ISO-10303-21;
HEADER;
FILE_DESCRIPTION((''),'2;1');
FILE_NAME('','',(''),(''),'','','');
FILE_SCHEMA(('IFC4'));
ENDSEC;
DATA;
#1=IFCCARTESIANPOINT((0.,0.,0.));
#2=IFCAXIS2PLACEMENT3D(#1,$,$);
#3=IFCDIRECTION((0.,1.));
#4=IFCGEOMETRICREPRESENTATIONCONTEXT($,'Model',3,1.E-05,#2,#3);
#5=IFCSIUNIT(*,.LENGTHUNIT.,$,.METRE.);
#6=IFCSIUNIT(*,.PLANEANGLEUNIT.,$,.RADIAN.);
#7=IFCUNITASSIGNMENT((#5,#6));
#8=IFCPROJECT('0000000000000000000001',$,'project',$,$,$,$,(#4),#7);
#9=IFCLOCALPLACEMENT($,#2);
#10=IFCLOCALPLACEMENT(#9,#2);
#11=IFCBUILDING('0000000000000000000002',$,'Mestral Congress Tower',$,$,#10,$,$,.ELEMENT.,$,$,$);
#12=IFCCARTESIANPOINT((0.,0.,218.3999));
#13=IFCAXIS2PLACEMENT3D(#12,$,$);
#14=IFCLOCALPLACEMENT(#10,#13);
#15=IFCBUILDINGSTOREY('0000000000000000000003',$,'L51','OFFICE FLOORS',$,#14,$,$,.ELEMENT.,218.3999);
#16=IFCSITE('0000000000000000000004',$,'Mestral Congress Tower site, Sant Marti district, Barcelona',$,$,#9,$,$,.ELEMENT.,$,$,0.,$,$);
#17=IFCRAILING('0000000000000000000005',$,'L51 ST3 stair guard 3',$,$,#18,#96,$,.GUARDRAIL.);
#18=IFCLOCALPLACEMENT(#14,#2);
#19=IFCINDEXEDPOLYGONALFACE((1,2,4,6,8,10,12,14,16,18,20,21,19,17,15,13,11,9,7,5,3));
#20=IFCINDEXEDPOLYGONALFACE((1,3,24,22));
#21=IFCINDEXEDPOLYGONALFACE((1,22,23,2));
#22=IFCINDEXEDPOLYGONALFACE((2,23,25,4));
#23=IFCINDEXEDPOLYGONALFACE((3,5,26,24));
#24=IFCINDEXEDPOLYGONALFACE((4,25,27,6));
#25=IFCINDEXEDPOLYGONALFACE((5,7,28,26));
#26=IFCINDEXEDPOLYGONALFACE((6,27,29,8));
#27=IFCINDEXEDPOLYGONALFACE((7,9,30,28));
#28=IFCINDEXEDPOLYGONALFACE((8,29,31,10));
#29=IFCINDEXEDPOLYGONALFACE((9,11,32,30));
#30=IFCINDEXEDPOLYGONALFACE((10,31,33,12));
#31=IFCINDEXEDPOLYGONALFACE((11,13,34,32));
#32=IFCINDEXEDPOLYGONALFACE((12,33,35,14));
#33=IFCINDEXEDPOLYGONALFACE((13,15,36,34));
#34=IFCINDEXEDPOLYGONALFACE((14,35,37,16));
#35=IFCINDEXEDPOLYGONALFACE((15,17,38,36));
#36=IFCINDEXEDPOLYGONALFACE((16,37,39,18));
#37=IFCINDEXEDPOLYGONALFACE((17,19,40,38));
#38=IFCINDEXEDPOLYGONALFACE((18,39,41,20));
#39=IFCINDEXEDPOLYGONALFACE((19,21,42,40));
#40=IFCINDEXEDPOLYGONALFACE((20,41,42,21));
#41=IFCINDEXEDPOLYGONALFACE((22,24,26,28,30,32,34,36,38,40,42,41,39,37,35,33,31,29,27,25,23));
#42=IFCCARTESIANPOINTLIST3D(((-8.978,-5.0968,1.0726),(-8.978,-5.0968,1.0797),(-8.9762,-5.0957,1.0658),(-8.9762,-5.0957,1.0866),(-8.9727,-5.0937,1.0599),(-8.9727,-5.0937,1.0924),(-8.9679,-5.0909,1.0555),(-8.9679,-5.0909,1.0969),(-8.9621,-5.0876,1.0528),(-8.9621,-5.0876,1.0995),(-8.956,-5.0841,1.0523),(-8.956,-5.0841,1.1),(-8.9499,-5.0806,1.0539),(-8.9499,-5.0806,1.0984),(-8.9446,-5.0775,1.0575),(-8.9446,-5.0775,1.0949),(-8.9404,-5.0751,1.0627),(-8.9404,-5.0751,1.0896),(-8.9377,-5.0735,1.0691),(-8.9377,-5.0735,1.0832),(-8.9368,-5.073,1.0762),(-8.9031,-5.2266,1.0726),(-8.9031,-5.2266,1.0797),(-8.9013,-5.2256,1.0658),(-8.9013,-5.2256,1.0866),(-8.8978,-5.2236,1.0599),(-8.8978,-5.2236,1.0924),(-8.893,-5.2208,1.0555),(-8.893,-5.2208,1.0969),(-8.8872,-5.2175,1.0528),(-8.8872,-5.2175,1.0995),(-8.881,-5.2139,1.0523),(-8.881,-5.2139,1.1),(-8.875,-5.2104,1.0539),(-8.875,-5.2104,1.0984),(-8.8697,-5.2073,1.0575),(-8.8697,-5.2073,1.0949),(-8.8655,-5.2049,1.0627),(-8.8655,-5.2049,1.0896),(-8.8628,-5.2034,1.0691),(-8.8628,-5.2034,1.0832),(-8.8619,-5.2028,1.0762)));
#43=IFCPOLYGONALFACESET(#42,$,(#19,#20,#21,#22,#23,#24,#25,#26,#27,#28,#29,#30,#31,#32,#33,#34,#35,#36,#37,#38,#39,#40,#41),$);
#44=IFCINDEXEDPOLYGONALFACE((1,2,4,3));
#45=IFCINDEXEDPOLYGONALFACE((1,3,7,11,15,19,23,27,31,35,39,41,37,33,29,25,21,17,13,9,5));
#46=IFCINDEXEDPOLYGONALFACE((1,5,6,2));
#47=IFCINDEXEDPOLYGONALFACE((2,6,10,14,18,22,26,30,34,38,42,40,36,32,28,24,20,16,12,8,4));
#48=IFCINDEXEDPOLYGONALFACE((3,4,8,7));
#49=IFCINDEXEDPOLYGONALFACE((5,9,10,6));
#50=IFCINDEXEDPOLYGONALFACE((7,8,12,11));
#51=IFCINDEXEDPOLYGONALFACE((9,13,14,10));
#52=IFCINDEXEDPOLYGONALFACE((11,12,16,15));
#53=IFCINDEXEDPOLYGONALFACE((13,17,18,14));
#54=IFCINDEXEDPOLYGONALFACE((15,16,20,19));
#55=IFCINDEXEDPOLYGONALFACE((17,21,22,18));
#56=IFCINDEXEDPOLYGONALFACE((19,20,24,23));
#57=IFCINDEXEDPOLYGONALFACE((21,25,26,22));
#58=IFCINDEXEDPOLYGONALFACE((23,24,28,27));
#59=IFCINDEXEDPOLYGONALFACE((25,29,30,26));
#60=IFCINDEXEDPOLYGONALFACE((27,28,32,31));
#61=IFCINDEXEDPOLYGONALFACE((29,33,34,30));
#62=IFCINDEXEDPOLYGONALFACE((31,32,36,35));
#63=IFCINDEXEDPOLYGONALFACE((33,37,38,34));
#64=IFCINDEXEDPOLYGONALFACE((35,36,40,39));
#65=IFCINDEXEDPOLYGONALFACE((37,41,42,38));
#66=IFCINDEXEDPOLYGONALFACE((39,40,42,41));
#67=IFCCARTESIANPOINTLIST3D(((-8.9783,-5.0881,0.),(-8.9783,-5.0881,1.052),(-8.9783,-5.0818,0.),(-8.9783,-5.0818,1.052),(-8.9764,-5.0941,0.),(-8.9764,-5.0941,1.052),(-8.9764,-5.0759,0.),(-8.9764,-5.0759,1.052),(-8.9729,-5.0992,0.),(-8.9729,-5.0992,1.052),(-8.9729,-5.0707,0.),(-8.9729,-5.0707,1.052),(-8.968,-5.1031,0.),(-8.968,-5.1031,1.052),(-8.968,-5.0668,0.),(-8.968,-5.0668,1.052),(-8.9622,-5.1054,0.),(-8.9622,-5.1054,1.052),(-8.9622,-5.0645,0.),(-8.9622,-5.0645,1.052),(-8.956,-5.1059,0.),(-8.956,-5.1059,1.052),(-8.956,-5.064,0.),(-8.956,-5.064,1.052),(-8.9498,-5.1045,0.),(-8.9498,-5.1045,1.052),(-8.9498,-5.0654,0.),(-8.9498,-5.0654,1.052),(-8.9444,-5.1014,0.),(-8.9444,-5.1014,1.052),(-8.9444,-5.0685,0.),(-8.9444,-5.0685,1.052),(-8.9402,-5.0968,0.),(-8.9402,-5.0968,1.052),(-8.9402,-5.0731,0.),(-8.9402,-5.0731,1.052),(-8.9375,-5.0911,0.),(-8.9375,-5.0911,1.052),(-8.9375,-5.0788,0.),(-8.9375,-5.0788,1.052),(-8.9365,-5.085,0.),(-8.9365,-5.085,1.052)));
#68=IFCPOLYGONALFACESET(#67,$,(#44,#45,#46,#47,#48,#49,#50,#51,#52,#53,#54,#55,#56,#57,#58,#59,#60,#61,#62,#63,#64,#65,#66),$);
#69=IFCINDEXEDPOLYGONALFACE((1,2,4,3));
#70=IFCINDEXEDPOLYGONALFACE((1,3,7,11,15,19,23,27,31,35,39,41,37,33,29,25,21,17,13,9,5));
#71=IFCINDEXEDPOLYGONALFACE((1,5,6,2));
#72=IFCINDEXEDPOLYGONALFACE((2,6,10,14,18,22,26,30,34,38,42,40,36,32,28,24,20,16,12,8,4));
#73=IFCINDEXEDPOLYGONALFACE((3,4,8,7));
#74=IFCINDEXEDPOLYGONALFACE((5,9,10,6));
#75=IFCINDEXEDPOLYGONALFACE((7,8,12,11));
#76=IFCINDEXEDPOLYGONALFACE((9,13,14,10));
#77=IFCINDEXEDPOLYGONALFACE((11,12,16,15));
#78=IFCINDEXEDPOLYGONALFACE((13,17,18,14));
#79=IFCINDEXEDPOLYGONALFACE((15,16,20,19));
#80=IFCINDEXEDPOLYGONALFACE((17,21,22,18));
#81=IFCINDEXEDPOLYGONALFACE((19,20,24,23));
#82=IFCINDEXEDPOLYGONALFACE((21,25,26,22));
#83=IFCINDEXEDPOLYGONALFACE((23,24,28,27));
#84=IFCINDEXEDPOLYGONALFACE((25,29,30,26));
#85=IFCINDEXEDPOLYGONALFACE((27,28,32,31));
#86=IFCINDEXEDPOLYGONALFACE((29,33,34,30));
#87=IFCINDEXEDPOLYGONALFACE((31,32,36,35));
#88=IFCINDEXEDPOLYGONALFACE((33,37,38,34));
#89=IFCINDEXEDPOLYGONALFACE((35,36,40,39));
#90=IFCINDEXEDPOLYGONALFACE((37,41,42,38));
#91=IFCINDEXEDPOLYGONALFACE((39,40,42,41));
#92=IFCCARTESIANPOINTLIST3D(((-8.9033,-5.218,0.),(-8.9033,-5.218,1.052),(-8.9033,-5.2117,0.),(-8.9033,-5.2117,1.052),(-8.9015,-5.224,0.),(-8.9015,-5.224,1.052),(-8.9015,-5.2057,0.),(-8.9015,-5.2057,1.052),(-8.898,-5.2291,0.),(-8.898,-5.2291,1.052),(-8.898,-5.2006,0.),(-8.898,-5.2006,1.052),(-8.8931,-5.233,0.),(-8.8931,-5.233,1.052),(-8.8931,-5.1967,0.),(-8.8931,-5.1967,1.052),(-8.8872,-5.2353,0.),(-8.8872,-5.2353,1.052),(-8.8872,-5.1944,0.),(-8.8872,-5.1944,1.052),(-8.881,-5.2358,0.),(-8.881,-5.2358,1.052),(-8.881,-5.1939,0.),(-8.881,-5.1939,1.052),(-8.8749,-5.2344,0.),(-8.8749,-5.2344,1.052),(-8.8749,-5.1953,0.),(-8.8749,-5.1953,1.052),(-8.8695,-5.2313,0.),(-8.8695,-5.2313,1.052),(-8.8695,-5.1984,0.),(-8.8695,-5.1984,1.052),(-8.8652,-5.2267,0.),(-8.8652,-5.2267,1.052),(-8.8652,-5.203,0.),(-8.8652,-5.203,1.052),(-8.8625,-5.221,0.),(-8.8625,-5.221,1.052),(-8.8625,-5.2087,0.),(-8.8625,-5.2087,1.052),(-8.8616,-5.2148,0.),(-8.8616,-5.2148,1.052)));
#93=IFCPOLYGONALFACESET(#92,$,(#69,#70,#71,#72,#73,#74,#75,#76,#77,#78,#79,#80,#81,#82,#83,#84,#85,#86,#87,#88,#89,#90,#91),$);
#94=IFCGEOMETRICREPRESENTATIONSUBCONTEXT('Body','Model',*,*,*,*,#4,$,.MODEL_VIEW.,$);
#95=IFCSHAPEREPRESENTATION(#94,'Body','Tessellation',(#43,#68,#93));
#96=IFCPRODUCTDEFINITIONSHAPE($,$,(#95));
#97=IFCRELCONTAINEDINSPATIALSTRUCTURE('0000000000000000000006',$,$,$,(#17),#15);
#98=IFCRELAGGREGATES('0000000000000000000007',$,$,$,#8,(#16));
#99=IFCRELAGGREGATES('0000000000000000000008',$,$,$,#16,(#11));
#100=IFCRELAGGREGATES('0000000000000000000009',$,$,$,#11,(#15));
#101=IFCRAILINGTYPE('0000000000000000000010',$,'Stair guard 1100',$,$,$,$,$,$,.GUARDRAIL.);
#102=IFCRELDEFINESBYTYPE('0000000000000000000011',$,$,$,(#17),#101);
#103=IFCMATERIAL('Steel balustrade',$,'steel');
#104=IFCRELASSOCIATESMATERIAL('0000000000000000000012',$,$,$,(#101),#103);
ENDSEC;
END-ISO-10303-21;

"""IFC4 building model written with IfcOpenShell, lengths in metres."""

from ifc_helpers import new_model, si_unit, direction, frame, origin, origin_2d, place, context, subcontext, project, spatial, circle, extrude, material, type_object, element, save


model = new_model("IFC4")

# Units and contexts
model_context = context("Model", 3, precision=1e-05, world=origin(), true_north=direction((0.0, 1.0)))
body_context = subcontext(model_context, "Body", "Model", "MODEL_VIEW")
ifc_project = project(units=[si_unit("LENGTHUNIT", "METRE"), si_unit("PLANEANGLEUNIT", "RADIAN")], contexts=[model_context])

# Site, building, storey
site_placement = place(None, origin())
site = spatial("IfcSite", under=ifc_project, at=site_placement, Name="Mestral Congress Tower site, Sant Marti district, Barcelona", CompositionType="ELEMENT", RefElevation=0.0)
building_placement = place(site_placement, origin())
building = spatial("IfcBuilding", under=site, at=building_placement, Name="Mestral Congress Tower", CompositionType="ELEMENT")
storey_placement = place(building_placement, frame((0.0, 0.0, 218.3999)))
storey = spatial("IfcBuildingStorey", under=building, at=storey_placement, Name="L51", Description="OFFICE FLOORS", CompositionType="ELEMENT", Elevation=218.3999)

# Railing
ifc_material_1 = material(Name="Steel balustrade", Category="steel")
railing_type_1 = type_object("IfcRailingType", Name="Stair guard 1100", PredefinedType="GUARDRAIL", material=ifc_material_1)
railing_1_placement = place(storey_placement, frame((-8.9575, -5.085, 0.0)))
element("IfcRailing", 1, at=railing_1_placement, inside=storey, type_object=railing_type_1, Name="L51 ST3 stair guard 3", PredefinedType="GUARDRAIL", context=body_context, shape_type="SweptSolid", body=[
    extrude(circle(Radius=0.0239, at=origin_2d()), frame((0.0, 0.0, 1.0762), z_axis=(0.499816, -0.866131, 0.0), x_axis=(0.866131, 0.499816, 0.0)), (0.0, 0.0, 1.0), 0.1499),
    extrude(circle(Radius=0.021, at=origin_2d()), origin(), (0.0, 0.0, 1.0), 1.052),
    extrude(circle(Radius=0.021, at=origin_2d()), frame((0.075, -0.1299, 0.0)), (0.0, 0.0, 1.0), 1.052),
])

save(model, "model.ifc")
